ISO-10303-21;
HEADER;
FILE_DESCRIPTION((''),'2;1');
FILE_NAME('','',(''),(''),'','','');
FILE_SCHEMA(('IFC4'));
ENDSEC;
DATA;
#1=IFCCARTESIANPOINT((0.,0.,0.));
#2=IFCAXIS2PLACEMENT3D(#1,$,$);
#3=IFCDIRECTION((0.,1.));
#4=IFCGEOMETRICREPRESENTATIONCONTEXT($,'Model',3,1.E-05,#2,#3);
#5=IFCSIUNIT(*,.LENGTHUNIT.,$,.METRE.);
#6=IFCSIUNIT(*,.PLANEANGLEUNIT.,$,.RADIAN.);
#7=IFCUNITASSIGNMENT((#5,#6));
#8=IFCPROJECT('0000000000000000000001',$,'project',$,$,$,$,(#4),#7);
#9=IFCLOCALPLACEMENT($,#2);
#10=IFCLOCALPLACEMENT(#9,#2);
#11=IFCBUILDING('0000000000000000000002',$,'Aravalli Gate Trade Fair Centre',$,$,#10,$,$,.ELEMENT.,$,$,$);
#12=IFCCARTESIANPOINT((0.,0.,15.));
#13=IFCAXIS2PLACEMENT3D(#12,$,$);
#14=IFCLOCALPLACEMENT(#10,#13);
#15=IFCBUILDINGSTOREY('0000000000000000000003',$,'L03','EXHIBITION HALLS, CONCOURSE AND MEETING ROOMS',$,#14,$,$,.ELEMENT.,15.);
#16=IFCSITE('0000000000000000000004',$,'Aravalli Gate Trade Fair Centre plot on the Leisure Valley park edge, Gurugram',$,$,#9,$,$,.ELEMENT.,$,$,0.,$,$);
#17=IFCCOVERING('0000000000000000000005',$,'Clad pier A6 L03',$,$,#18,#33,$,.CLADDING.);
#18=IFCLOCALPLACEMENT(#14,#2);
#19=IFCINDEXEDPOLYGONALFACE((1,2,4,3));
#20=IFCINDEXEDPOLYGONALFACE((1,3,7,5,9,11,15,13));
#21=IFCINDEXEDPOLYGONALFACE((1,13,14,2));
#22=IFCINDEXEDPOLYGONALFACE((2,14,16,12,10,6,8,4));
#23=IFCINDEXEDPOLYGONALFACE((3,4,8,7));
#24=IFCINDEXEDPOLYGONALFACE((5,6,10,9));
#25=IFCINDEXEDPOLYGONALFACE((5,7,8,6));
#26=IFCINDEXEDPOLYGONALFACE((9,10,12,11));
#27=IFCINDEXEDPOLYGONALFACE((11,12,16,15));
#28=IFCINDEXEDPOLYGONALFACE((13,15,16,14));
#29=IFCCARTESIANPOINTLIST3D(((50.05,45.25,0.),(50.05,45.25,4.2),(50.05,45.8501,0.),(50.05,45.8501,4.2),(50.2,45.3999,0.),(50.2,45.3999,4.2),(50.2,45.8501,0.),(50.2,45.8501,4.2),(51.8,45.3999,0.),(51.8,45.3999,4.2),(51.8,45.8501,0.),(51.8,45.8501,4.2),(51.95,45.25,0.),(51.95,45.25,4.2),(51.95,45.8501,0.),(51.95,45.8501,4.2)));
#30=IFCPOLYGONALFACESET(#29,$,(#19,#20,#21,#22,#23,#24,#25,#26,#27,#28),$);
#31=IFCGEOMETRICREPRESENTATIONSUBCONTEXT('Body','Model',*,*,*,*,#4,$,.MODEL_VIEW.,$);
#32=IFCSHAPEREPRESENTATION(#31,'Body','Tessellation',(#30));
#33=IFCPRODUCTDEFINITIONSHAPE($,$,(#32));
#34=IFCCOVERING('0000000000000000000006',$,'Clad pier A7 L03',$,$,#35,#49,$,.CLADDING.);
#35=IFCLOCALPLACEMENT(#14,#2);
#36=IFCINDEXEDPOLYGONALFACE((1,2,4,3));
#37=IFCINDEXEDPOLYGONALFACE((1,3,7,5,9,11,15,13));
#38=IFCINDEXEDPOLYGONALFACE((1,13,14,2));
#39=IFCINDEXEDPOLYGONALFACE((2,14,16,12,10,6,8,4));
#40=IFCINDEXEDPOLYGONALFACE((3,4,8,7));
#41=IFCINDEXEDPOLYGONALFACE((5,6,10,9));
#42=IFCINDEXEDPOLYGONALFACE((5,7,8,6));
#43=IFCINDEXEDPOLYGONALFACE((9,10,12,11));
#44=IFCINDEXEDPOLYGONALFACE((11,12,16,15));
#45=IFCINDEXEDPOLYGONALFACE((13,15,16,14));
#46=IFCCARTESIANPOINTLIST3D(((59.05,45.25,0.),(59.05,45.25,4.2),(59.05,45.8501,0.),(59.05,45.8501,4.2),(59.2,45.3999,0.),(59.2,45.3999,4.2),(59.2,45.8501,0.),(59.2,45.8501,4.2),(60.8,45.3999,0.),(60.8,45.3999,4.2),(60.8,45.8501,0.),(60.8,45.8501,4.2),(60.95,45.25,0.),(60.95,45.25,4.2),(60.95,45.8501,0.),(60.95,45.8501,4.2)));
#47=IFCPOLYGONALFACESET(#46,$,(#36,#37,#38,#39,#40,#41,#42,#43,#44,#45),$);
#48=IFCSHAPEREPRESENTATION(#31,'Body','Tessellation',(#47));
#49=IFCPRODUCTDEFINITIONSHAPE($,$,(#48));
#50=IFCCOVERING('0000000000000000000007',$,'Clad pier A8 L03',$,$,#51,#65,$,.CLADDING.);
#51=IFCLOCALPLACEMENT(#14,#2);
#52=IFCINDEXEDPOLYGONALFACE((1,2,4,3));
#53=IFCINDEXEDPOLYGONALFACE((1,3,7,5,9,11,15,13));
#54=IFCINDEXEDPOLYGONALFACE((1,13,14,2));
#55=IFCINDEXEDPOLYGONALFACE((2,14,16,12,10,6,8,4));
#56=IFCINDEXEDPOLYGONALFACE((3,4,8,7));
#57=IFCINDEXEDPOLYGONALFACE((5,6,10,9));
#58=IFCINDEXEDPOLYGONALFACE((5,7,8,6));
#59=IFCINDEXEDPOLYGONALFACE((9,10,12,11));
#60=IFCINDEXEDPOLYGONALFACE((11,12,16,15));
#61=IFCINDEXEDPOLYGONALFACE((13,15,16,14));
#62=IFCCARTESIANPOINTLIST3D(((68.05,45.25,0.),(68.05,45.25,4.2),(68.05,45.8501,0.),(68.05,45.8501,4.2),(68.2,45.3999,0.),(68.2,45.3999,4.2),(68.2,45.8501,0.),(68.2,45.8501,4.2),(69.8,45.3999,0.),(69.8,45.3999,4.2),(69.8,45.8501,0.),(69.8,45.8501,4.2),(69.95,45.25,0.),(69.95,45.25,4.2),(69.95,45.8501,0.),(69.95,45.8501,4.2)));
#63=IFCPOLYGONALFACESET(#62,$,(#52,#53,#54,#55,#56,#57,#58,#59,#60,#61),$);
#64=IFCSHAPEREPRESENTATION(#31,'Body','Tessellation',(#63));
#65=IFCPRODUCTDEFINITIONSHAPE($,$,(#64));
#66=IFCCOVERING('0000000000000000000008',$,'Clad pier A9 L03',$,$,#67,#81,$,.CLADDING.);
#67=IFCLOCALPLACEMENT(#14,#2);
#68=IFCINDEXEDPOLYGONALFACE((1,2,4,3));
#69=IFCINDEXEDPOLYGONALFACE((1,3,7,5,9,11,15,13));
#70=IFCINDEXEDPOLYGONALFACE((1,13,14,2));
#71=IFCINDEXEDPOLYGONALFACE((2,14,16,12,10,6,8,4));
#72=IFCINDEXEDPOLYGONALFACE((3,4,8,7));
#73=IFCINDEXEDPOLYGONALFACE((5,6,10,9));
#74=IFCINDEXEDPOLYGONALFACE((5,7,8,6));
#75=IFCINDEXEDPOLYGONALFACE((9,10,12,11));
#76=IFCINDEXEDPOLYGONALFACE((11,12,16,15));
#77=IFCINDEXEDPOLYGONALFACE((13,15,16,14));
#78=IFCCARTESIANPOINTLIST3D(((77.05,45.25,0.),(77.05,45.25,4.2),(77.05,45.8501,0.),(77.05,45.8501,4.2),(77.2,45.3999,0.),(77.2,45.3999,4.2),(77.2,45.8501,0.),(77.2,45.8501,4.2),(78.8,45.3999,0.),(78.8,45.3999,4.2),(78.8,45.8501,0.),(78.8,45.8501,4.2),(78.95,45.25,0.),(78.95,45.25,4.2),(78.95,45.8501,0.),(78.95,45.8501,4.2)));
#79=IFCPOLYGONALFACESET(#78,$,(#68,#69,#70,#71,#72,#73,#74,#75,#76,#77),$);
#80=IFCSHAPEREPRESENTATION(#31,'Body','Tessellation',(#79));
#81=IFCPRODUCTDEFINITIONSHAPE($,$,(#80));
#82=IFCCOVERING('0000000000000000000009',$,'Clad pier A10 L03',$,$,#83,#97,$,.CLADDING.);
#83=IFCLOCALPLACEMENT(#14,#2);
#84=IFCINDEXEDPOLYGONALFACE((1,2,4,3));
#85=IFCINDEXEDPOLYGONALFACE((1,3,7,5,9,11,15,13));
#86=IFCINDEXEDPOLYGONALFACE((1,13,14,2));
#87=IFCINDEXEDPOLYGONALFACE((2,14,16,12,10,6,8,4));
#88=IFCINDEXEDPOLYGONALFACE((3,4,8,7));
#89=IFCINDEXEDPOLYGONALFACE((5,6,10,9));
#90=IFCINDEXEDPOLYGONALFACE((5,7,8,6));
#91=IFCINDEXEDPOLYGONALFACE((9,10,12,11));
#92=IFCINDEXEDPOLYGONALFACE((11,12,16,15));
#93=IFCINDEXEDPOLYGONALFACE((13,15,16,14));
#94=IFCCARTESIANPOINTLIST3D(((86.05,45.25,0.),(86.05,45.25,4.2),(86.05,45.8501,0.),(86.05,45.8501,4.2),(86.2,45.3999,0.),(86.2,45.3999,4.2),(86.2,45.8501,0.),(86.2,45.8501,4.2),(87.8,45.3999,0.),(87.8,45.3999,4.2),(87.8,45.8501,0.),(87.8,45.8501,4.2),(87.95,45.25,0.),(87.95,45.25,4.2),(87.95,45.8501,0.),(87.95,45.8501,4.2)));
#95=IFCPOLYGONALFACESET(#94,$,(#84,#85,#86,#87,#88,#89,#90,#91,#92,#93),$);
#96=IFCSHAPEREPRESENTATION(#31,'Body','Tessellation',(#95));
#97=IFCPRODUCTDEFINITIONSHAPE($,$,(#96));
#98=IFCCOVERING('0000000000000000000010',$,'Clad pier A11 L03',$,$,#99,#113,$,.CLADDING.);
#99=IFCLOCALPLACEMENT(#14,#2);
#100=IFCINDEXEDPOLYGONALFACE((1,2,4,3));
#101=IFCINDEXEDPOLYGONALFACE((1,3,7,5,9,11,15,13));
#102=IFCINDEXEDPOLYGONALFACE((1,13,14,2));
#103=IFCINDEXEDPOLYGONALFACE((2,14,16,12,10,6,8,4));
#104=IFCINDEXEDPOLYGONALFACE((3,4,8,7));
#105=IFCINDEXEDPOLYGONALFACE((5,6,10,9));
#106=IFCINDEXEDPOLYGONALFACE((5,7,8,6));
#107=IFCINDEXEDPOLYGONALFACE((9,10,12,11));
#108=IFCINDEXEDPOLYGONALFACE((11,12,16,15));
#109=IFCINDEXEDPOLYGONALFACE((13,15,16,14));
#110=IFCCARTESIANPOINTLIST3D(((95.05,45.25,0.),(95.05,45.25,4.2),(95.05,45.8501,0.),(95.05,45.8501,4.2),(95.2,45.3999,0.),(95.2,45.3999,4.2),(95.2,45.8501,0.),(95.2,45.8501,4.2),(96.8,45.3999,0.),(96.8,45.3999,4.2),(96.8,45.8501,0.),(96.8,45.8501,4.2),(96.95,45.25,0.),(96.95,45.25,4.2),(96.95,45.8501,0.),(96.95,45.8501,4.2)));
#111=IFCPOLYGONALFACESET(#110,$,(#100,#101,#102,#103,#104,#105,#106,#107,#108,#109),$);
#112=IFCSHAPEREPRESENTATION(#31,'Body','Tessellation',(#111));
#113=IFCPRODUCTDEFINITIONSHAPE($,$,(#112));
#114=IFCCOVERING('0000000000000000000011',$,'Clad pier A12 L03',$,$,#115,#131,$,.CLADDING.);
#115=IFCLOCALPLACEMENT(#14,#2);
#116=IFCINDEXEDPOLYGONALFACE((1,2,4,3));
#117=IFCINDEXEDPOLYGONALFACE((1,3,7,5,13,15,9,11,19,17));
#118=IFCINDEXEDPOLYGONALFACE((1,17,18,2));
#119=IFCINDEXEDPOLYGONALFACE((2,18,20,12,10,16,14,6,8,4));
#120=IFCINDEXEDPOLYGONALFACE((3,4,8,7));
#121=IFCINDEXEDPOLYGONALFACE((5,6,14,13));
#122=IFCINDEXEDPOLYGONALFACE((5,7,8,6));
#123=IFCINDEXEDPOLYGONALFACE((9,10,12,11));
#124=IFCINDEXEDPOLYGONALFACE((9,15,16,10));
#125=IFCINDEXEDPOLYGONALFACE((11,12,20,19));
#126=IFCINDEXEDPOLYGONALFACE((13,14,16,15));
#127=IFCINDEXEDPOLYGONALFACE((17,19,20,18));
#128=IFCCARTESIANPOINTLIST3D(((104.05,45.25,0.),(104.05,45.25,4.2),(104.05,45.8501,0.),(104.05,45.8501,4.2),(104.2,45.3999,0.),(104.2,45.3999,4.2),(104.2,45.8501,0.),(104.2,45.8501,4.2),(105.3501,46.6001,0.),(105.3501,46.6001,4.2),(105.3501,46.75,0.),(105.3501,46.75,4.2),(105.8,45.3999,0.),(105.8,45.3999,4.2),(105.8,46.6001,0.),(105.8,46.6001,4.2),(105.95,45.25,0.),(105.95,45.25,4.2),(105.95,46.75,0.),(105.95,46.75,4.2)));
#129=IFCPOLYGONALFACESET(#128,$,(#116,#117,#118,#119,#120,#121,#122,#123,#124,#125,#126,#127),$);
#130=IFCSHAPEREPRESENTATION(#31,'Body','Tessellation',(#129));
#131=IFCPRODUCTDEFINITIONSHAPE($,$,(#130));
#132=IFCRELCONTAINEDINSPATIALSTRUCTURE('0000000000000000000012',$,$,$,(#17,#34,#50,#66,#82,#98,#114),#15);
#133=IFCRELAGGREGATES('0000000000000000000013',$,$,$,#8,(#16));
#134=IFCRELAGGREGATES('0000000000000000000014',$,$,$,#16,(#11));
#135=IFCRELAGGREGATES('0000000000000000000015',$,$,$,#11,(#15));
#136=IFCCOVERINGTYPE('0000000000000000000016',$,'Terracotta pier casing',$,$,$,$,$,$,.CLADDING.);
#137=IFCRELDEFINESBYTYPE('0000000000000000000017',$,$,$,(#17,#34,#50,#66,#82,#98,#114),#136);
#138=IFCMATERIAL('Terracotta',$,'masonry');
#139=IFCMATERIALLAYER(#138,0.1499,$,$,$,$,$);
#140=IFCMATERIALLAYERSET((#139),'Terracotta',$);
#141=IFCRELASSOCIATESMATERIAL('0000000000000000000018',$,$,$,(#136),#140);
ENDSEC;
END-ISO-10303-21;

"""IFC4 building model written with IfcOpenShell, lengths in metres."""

from ifc_helpers import new_model, si_unit, direction, frame, origin, place, context, subcontext, project, spatial, polyline, outline, extrude, material, layer, layer_set, type_object, element, save


model = new_model("IFC4")

# Units and contexts
model_context = context("Model", 3, precision=1e-05, world=origin(), true_north=direction((0.0, 1.0)))
body_context = subcontext(model_context, "Body", "Model", "MODEL_VIEW")
ifc_project = project(units=[si_unit("LENGTHUNIT", "METRE"), si_unit("PLANEANGLEUNIT", "RADIAN")], contexts=[model_context])

# Site, building, storey
site_placement = place(None, origin())
site = spatial("IfcSite", under=ifc_project, at=site_placement, Name="Aravalli Gate Trade Fair Centre plot on the Leisure Valley park edge, Gurugram", CompositionType="ELEMENT", RefElevation=0.0)
building_placement = place(site_placement, origin())
building = spatial("IfcBuilding", under=site, at=building_placement, Name="Aravalli Gate Trade Fair Centre", CompositionType="ELEMENT")
storey_placement = place(building_placement, frame((0.0, 0.0, 15.0)))
storey = spatial("IfcBuildingStorey", under=building, at=storey_placement, Name="L03", Description="EXHIBITION HALLS, CONCOURSE AND MEETING ROOMS", CompositionType="ELEMENT", Elevation=15.0)

# Coverings
ifc_material = material(Name="Terracotta", Category="masonry")
ifc_layer_1 = layer(ifc_material, 0.1499)
ifc_layer_set_1 = layer_set([ifc_layer_1], Name="Terracotta")
covering_type_1 = type_object("IfcCoveringType", Name="Terracotta pier casing", PredefinedType="CLADDING", material=ifc_layer_set_1)
covering_1_placement = place(storey_placement, origin())
element("IfcCovering", 1, at=covering_1_placement, inside=storey, type_object=covering_type_1, Name="Clad pier A6 L03", PredefinedType="CLADDING", context=body_context, shape_type="SweptSolid", body=[
    extrude(outline(polyline([(50.05, 45.8501), (50.2, 45.8501), (50.2, 45.3999), (51.8, 45.3999), (51.8, 45.8501), (51.95, 45.8501), (51.95, 45.25), (50.05, 45.25), (50.05, 45.8501)])), origin(), (0.0, 0.0, 1.0), 4.2),
])
covering_2_placement = place(storey_placement, origin())
element("IfcCovering", 2, at=covering_2_placement, inside=storey, type_object=covering_type_1, Name="Clad pier A7 L03", PredefinedType="CLADDING", context=body_context, shape_type="SweptSolid", body=[
    extrude(outline(polyline([(59.05, 45.8501), (59.2, 45.8501), (59.2, 45.3999), (60.8, 45.3999), (60.8, 45.8501), (60.95, 45.8501), (60.95, 45.25), (59.05, 45.25), (59.05, 45.8501)])), origin(), (0.0, 0.0, 1.0), 4.2),
])
covering_3_placement = place(storey_placement, origin())
element("IfcCovering", 3, at=covering_3_placement, inside=storey, type_object=covering_type_1, Name="Clad pier A8 L03", PredefinedType="CLADDING", context=body_context, shape_type="SweptSolid", body=[
    extrude(outline(polyline([(68.05, 45.8501), (68.2, 45.8501), (68.2, 45.3999), (69.8, 45.3999), (69.8, 45.8501), (69.95, 45.8501), (69.95, 45.25), (68.05, 45.25), (68.05, 45.8501)])), origin(), (0.0, 0.0, 1.0), 4.2),
])
covering_4_placement = place(storey_placement, origin())
element("IfcCovering", 4, at=covering_4_placement, inside=storey, type_object=covering_type_1, Name="Clad pier A9 L03", PredefinedType="CLADDING", context=body_context, shape_type="SweptSolid", body=[
    extrude(outline(polyline([(77.05, 45.8501), (77.2, 45.8501), (77.2, 45.3999), (78.8, 45.3999), (78.8, 45.8501), (78.95, 45.8501), (78.95, 45.25), (77.05, 45.25), (77.05, 45.8501)])), origin(), (0.0, 0.0, 1.0), 4.2),
])
covering_5_placement = place(storey_placement, origin())
element("IfcCovering", 5, at=covering_5_placement, inside=storey, type_object=covering_type_1, Name="Clad pier A10 L03", PredefinedType="CLADDING", context=body_context, shape_type="SweptSolid", body=[
    extrude(outline(polyline([(86.05, 45.8501), (86.2, 45.8501), (86.2, 45.3999), (87.8, 45.3999), (87.8, 45.8501), (87.95, 45.8501), (87.95, 45.25), (86.05, 45.25), (86.05, 45.8501)])), origin(), (0.0, 0.0, 1.0), 4.2),
])
covering_6_placement = place(storey_placement, origin())
element("IfcCovering", 6, at=covering_6_placement, inside=storey, type_object=covering_type_1, Name="Clad pier A11 L03", PredefinedType="CLADDING", context=body_context, shape_type="SweptSolid", body=[
    extrude(outline(polyline([(95.05, 45.8501), (95.2, 45.8501), (95.2, 45.3999), (96.8, 45.3999), (96.8, 45.8501), (96.95, 45.8501), (96.95, 45.25), (95.05, 45.25), (95.05, 45.8501)])), origin(), (0.0, 0.0, 1.0), 4.2),
])
covering_7_placement = place(storey_placement, origin())
element("IfcCovering", 7, at=covering_7_placement, inside=storey, type_object=covering_type_1, Name="Clad pier A12 L03", PredefinedType="CLADDING", context=body_context, shape_type="SweptSolid", body=[
    extrude(outline(polyline([(104.05, 45.8501), (104.2, 45.8501), (104.2, 45.3999), (105.8, 45.3999), (105.8, 46.6001), (105.3501, 46.6001), (105.3501, 46.75), (105.95, 46.75), (105.95, 45.25), (104.05, 45.25), (104.05, 45.8501)])), origin(), (0.0, 0.0, 1.0), 4.2),
])

save(model, "model.ifc")
